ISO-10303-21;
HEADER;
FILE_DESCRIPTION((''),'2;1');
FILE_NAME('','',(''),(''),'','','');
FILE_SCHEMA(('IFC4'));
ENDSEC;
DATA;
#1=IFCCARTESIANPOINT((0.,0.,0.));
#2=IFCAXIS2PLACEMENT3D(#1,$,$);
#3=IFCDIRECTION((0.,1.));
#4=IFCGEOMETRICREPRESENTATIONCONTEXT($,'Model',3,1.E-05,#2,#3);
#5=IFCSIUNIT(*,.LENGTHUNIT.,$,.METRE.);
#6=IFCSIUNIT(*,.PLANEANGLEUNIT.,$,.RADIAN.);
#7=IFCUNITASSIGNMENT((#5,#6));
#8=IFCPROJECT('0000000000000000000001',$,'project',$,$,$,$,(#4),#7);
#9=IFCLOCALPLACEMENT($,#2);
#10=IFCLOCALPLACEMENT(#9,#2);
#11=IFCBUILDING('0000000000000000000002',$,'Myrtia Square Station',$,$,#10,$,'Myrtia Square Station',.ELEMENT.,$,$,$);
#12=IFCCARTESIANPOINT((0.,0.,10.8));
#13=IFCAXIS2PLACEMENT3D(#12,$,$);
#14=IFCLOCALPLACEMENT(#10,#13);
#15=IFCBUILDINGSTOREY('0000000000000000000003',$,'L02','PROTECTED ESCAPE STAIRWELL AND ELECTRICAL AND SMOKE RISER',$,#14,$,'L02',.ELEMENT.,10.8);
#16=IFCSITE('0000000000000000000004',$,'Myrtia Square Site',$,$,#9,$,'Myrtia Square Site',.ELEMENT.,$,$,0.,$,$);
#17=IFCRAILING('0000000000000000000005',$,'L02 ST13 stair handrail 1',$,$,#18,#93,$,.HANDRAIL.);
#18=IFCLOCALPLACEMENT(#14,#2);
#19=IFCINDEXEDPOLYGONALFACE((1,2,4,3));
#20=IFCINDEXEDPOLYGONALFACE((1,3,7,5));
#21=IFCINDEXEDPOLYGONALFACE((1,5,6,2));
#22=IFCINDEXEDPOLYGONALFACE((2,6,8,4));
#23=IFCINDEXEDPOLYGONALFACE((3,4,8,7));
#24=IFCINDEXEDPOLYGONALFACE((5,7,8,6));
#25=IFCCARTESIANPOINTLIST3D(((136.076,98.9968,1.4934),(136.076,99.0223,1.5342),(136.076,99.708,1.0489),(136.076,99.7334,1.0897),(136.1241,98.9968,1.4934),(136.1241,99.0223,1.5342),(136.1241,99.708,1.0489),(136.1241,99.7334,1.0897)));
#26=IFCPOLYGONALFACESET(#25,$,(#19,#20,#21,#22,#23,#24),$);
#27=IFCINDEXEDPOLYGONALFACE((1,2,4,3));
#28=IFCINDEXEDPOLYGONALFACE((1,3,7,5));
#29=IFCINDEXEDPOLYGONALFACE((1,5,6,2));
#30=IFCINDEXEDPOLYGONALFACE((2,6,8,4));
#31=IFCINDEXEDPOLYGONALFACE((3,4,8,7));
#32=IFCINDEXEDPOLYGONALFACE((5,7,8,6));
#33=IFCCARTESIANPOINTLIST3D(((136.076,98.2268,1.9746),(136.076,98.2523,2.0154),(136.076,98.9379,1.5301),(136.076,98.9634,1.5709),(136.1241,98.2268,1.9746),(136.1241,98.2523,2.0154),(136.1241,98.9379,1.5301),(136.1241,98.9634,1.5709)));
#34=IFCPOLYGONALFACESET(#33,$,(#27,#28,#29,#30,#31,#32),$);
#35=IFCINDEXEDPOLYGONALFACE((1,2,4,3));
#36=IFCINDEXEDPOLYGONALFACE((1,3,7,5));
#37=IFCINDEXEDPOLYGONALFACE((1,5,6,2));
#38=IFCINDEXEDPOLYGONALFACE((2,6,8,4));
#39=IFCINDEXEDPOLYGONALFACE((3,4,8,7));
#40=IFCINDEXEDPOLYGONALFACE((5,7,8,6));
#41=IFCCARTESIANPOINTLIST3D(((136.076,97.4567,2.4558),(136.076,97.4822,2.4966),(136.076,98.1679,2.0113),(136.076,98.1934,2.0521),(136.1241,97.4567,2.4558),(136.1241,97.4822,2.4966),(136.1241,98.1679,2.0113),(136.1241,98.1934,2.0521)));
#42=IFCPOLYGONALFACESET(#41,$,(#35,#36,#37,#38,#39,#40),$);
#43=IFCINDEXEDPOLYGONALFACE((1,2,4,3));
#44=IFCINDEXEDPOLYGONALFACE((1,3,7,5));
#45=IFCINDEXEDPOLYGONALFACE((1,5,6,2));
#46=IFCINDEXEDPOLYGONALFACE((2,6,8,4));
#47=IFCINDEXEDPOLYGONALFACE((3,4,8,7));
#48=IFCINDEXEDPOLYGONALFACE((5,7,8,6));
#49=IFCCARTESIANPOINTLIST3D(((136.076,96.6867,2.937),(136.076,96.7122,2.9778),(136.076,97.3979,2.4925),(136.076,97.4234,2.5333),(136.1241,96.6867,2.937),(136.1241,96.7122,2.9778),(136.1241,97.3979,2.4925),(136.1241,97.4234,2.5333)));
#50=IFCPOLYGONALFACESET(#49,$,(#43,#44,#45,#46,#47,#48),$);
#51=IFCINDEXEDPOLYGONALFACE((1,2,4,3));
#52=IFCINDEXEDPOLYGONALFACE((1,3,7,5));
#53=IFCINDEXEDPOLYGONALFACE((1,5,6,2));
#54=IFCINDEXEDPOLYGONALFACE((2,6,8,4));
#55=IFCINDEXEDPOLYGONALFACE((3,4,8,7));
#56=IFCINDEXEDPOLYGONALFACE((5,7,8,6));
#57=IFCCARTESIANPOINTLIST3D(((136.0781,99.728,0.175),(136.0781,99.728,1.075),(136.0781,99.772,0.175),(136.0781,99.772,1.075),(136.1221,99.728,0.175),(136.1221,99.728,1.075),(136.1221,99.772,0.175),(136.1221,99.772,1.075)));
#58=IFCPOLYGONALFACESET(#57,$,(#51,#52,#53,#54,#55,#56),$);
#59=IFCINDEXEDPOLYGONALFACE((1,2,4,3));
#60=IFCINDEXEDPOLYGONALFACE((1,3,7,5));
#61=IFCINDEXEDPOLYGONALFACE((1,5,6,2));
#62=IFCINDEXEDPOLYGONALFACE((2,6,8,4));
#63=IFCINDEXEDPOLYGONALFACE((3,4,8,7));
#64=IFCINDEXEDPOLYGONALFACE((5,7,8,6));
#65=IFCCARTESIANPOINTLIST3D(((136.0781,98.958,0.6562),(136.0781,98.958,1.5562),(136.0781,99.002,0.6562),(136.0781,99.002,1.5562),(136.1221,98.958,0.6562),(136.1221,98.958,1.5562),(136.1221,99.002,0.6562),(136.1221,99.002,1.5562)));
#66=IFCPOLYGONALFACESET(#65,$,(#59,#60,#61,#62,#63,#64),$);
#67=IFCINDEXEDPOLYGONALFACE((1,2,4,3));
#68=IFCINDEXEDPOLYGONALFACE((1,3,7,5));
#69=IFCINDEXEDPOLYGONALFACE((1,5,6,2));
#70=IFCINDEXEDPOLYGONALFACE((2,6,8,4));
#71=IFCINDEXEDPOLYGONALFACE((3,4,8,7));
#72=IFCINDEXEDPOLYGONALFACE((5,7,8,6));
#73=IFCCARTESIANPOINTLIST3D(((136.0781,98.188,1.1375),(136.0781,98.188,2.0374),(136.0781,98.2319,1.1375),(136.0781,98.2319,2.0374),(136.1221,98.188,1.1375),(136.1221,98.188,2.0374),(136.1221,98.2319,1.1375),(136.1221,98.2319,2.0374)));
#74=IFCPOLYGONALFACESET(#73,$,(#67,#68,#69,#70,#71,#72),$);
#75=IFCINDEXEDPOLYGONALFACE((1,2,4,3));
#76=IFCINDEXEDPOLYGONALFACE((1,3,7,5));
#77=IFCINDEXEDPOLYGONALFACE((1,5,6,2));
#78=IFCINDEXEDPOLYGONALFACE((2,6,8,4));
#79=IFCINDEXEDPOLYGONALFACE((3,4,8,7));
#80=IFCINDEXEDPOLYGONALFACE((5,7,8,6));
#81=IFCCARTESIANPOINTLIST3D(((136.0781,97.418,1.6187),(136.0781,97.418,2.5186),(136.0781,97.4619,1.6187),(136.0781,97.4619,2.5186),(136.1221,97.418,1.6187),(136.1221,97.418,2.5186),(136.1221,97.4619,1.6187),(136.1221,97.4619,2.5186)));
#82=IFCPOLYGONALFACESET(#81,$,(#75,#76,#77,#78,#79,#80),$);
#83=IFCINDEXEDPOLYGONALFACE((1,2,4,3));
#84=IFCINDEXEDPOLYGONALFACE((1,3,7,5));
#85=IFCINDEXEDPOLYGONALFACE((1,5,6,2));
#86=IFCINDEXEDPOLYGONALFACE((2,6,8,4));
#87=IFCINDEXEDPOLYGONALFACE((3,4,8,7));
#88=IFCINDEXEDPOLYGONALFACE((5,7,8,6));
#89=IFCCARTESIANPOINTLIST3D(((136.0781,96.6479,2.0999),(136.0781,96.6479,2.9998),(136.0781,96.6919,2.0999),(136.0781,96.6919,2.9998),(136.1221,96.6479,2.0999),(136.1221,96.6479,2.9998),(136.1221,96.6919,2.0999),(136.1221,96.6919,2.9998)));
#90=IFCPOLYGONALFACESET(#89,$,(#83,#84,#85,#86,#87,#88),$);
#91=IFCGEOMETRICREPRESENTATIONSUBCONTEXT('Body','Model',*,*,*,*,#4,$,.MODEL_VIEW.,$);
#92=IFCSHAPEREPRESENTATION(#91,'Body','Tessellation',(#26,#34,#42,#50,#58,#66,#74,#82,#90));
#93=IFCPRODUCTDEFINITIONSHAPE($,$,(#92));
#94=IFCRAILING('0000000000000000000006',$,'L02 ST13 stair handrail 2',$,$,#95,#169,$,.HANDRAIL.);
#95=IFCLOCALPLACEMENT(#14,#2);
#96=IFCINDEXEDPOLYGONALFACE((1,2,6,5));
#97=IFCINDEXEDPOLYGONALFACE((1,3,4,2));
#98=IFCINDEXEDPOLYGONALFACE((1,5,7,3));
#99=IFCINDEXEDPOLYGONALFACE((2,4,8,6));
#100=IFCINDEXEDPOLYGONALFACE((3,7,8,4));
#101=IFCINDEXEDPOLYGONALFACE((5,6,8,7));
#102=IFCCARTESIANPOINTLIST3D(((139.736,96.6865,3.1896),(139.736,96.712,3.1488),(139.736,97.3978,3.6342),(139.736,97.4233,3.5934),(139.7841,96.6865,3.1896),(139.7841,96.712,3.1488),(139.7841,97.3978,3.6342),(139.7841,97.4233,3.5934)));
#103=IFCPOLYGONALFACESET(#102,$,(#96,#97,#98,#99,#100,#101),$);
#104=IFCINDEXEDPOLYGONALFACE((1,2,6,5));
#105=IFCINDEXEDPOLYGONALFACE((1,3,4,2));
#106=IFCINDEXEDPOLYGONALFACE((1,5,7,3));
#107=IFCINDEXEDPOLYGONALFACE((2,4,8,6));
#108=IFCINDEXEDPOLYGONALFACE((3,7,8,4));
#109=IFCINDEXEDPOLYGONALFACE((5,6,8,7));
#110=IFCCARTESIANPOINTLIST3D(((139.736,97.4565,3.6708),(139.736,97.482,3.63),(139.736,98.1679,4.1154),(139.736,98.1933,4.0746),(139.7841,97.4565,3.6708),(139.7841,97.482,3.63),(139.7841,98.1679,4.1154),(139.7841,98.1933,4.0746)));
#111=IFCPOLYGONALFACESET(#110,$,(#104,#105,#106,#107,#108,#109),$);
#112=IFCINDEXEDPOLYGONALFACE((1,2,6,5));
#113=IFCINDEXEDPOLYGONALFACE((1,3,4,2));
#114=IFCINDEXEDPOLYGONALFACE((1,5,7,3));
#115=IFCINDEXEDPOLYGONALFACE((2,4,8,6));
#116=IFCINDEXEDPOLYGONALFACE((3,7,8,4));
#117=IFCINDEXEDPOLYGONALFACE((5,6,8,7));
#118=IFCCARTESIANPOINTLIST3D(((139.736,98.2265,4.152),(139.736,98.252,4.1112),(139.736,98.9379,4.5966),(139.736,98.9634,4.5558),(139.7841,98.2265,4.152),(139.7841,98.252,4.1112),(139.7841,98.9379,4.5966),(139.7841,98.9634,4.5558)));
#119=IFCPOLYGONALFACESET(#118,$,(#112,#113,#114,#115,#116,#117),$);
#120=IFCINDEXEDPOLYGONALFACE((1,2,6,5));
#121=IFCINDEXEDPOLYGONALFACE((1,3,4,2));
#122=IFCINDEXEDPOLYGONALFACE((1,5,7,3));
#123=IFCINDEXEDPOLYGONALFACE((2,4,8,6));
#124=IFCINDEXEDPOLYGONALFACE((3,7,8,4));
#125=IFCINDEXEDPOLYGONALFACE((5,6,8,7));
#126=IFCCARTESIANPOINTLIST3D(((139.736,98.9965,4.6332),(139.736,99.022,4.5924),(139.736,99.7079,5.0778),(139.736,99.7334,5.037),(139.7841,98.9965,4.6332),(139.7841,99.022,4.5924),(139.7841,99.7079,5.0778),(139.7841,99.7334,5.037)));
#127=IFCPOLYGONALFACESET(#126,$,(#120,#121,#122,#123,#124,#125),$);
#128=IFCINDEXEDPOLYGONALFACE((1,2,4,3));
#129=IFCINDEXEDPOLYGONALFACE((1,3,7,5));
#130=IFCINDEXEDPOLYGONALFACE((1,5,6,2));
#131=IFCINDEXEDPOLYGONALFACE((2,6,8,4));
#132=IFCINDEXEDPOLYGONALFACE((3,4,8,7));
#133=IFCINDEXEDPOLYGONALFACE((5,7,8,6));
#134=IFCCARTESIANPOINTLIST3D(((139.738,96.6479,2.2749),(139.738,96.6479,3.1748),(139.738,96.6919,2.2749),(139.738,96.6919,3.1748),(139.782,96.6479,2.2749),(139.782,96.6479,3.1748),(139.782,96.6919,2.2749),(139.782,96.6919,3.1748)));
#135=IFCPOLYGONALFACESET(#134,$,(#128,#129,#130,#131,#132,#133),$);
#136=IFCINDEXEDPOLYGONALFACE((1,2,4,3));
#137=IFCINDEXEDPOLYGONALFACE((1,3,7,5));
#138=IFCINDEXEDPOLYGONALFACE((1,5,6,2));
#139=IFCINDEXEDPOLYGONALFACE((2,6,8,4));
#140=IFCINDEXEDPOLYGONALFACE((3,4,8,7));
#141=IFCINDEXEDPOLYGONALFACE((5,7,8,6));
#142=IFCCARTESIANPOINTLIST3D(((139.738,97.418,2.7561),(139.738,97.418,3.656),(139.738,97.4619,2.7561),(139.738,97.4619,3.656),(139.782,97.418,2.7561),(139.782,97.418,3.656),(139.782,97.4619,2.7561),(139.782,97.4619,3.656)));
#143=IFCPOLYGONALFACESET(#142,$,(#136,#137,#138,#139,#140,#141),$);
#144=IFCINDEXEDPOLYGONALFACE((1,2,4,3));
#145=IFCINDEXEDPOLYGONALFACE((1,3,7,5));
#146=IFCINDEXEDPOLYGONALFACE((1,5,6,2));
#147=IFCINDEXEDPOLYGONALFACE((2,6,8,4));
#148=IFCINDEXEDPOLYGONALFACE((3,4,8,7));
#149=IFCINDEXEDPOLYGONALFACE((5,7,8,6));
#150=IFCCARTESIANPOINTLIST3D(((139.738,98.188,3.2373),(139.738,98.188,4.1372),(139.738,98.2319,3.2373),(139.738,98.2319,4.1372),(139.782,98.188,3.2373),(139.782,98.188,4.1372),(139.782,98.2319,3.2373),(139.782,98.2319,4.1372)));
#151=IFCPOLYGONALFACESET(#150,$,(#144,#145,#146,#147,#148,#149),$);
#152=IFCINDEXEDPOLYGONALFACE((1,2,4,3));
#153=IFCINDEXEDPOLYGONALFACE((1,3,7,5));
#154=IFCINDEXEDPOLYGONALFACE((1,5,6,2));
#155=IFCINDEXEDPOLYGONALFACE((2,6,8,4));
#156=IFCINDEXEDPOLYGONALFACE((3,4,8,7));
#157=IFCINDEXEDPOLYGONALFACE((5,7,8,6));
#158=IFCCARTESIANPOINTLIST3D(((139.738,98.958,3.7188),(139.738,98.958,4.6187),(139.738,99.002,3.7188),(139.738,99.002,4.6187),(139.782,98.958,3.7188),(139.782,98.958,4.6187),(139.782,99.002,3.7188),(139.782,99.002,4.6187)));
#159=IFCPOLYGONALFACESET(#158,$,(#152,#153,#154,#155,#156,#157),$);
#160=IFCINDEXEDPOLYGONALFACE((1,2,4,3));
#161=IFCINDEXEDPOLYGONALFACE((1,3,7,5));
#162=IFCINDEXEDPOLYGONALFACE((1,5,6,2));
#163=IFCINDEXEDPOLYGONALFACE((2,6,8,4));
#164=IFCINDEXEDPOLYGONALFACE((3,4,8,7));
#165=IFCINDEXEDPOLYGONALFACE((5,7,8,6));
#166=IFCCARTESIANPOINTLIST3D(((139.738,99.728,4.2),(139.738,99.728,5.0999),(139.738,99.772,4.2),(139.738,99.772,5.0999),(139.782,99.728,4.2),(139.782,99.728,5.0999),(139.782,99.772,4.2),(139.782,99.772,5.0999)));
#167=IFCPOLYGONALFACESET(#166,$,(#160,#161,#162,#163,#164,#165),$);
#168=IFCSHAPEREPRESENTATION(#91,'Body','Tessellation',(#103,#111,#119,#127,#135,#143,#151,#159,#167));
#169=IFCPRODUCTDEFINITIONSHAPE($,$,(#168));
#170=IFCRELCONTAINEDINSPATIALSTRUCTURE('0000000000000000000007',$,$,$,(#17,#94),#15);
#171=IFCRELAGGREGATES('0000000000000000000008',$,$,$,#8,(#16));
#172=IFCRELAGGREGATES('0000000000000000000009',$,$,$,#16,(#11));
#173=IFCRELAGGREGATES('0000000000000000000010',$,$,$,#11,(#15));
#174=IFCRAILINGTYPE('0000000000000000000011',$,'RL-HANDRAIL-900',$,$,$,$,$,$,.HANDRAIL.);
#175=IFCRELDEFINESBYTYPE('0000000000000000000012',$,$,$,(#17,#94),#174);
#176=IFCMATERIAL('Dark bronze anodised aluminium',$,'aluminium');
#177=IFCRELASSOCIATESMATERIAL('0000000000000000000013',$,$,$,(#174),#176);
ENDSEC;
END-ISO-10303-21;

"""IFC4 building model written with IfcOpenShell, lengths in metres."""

from ifc_helpers import new_model, si_unit, direction, frame, origin, origin_2d, place, context, subcontext, project, spatial, rectangle, extrude, material, type_object, element, save


model = new_model("IFC4")

# Units and contexts
model_context = context("Model", 3, precision=1e-05, world=origin(), true_north=direction((0.0, 1.0)))
body_context = subcontext(model_context, "Body", "Model", "MODEL_VIEW")
ifc_project = project(units=[si_unit("LENGTHUNIT", "METRE"), si_unit("PLANEANGLEUNIT", "RADIAN")], contexts=[model_context])

# Site, building, storey
site_placement = place(None, origin())
site = spatial("IfcSite", under=ifc_project, at=site_placement, Name="Myrtia Square Site", LongName="Myrtia Square Site", CompositionType="ELEMENT", RefElevation=0.0)
building_placement = place(site_placement, origin())
building = spatial("IfcBuilding", under=site, at=building_placement, Name="Myrtia Square Station", LongName="Myrtia Square Station", CompositionType="ELEMENT")
storey_placement = place(building_placement, frame((0.0, 0.0, 10.8)))
storey = spatial("IfcBuildingStorey", under=building, at=storey_placement, Name="L02", Description="PROTECTED ESCAPE STAIRWELL AND ELECTRICAL AND SMOKE RISER", LongName="L02", CompositionType="ELEMENT", Elevation=10.8)

# Shared definitions
ifc_material_1 = material(Name="Dark bronze anodised aluminium", Category="aluminium")

# Railings
railing_type_1 = type_object("IfcRailingType", Name="RL-HANDRAIL-900", PredefinedType="HANDRAIL", material=ifc_material_1)
for number, where, name in (
    (1, (136.1001, 99.75, 0.175), "L02 ST13 stair handrail 1"),
):
    element("IfcRailing", number, at=place(storey_placement, frame(where)), inside=storey, type_object=railing_type_1, Name=name, PredefinedType="HANDRAIL", context=body_context, shape_type="SweptSolid", body=[
        extrude(rectangle(XDim=0.0481, YDim=0.0481, at=origin_2d()), frame((0.0, -0.0293, 0.8943), z_axis=(0.0, -0.848029, 0.529951), x_axis=(1.0, 0.0, 0.0)), (0.0, 0.0, 1.0), 0.8386),
        extrude(rectangle(XDim=0.0481, YDim=0.0481, at=origin_2d()), frame((0.0, -0.7993, 1.3755), z_axis=(0.0, -0.848029, 0.529951), x_axis=(1.0, 0.0, 0.0)), (0.0, 0.0, 1.0), 0.8386),
        extrude(rectangle(XDim=0.0481, YDim=0.0481, at=origin_2d()), frame((0.0, -1.5693, 1.8567), z_axis=(0.0, -0.848029, 0.529951), x_axis=(1.0, 0.0, 0.0)), (0.0, 0.0, 1.0), 0.8386),
        extrude(rectangle(XDim=0.0481, YDim=0.0481, at=origin_2d()), frame((0.0, -2.3394, 2.3379), z_axis=(0.0, -0.848029, 0.529951), x_axis=(1.0, 0.0, 0.0)), (0.0, 0.0, 1.0), 0.8386),
        extrude(rectangle(XDim=0.0439, YDim=0.0439, at=origin_2d()), origin(), (0.0, 0.0, 1.0), 0.8999),
        extrude(rectangle(XDim=0.0439, YDim=0.0439, at=origin_2d()), frame((0.0, -0.77, 0.4812)), (0.0, 0.0, 1.0), 0.8999),
        extrude(rectangle(XDim=0.0439, YDim=0.0439, at=origin_2d()), frame((0.0, -1.54, 0.9624)), (0.0, 0.0, 1.0), 0.8999),
        extrude(rectangle(XDim=0.0439, YDim=0.0439, at=origin_2d()), frame((0.0, -2.3101, 1.4436)), (0.0, 0.0, 1.0), 0.8999),
        extrude(rectangle(XDim=0.0439, YDim=0.0439, at=origin_2d()), frame((0.0, -3.0801, 1.9248)), (0.0, 0.0, 1.0), 0.8999),
    ])
railing_1_placement = place(storey_placement, frame((139.76, 96.6699, 2.2749)))
element("IfcRailing", 2, at=railing_1_placement, inside=storey, type_object=railing_type_1, Name="L02 ST13 stair handrail 2", PredefinedType="HANDRAIL", context=body_context, shape_type="SweptSolid", body=[
    extrude(rectangle(XDim=0.0481, YDim=0.0481, at=origin_2d()), frame((0.0, 0.0293, 0.8943), z_axis=(0.0, 0.847998, 0.529999), x_axis=(-1.0, 0.0, 0.0)), (0.0, 0.0, 1.0), 0.8389),
    extrude(rectangle(XDim=0.0481, YDim=0.0481, at=origin_2d()), frame((0.0, 0.7993, 1.3755), z_axis=(0.0, 0.847998, 0.529999), x_axis=(-1.0, 0.0, 0.0)), (0.0, 0.0, 1.0), 0.8389),
    extrude(rectangle(XDim=0.0481, YDim=0.0481, at=origin_2d()), frame((0.0, 1.5693, 1.8567), z_axis=(0.0, 0.847998, 0.529999), x_axis=(-1.0, 0.0, 0.0)), (0.0, 0.0, 1.0), 0.8389),
    extrude(rectangle(XDim=0.0481, YDim=0.0481, at=origin_2d()), frame((0.0, 2.3394, 2.3379), z_axis=(0.0, 0.847998, 0.529999), x_axis=(-1.0, 0.0, 0.0)), (0.0, 0.0, 1.0), 0.8389),
    extrude(rectangle(XDim=0.0439, YDim=0.0439, at=origin_2d()), origin(), (0.0, 0.0, 1.0), 0.8999),
    extrude(rectangle(XDim=0.0439, YDim=0.0439, at=origin_2d()), frame((0.0, 0.77, 0.4812)), (0.0, 0.0, 1.0), 0.8999),
    extrude(rectangle(XDim=0.0439, YDim=0.0439, at=origin_2d()), frame((0.0, 1.54, 0.9624)), (0.0, 0.0, 1.0), 0.8999),
    extrude(rectangle(XDim=0.0439, YDim=0.0439, at=origin_2d()), frame((0.0, 2.3101, 1.4438)), (0.0, 0.0, 1.0), 0.8999),
    extrude(rectangle(XDim=0.0439, YDim=0.0439, at=origin_2d()), frame((0.0, 3.0801, 1.925)), (0.0, 0.0, 1.0), 0.8999),
])

save(model, "model.ifc")
